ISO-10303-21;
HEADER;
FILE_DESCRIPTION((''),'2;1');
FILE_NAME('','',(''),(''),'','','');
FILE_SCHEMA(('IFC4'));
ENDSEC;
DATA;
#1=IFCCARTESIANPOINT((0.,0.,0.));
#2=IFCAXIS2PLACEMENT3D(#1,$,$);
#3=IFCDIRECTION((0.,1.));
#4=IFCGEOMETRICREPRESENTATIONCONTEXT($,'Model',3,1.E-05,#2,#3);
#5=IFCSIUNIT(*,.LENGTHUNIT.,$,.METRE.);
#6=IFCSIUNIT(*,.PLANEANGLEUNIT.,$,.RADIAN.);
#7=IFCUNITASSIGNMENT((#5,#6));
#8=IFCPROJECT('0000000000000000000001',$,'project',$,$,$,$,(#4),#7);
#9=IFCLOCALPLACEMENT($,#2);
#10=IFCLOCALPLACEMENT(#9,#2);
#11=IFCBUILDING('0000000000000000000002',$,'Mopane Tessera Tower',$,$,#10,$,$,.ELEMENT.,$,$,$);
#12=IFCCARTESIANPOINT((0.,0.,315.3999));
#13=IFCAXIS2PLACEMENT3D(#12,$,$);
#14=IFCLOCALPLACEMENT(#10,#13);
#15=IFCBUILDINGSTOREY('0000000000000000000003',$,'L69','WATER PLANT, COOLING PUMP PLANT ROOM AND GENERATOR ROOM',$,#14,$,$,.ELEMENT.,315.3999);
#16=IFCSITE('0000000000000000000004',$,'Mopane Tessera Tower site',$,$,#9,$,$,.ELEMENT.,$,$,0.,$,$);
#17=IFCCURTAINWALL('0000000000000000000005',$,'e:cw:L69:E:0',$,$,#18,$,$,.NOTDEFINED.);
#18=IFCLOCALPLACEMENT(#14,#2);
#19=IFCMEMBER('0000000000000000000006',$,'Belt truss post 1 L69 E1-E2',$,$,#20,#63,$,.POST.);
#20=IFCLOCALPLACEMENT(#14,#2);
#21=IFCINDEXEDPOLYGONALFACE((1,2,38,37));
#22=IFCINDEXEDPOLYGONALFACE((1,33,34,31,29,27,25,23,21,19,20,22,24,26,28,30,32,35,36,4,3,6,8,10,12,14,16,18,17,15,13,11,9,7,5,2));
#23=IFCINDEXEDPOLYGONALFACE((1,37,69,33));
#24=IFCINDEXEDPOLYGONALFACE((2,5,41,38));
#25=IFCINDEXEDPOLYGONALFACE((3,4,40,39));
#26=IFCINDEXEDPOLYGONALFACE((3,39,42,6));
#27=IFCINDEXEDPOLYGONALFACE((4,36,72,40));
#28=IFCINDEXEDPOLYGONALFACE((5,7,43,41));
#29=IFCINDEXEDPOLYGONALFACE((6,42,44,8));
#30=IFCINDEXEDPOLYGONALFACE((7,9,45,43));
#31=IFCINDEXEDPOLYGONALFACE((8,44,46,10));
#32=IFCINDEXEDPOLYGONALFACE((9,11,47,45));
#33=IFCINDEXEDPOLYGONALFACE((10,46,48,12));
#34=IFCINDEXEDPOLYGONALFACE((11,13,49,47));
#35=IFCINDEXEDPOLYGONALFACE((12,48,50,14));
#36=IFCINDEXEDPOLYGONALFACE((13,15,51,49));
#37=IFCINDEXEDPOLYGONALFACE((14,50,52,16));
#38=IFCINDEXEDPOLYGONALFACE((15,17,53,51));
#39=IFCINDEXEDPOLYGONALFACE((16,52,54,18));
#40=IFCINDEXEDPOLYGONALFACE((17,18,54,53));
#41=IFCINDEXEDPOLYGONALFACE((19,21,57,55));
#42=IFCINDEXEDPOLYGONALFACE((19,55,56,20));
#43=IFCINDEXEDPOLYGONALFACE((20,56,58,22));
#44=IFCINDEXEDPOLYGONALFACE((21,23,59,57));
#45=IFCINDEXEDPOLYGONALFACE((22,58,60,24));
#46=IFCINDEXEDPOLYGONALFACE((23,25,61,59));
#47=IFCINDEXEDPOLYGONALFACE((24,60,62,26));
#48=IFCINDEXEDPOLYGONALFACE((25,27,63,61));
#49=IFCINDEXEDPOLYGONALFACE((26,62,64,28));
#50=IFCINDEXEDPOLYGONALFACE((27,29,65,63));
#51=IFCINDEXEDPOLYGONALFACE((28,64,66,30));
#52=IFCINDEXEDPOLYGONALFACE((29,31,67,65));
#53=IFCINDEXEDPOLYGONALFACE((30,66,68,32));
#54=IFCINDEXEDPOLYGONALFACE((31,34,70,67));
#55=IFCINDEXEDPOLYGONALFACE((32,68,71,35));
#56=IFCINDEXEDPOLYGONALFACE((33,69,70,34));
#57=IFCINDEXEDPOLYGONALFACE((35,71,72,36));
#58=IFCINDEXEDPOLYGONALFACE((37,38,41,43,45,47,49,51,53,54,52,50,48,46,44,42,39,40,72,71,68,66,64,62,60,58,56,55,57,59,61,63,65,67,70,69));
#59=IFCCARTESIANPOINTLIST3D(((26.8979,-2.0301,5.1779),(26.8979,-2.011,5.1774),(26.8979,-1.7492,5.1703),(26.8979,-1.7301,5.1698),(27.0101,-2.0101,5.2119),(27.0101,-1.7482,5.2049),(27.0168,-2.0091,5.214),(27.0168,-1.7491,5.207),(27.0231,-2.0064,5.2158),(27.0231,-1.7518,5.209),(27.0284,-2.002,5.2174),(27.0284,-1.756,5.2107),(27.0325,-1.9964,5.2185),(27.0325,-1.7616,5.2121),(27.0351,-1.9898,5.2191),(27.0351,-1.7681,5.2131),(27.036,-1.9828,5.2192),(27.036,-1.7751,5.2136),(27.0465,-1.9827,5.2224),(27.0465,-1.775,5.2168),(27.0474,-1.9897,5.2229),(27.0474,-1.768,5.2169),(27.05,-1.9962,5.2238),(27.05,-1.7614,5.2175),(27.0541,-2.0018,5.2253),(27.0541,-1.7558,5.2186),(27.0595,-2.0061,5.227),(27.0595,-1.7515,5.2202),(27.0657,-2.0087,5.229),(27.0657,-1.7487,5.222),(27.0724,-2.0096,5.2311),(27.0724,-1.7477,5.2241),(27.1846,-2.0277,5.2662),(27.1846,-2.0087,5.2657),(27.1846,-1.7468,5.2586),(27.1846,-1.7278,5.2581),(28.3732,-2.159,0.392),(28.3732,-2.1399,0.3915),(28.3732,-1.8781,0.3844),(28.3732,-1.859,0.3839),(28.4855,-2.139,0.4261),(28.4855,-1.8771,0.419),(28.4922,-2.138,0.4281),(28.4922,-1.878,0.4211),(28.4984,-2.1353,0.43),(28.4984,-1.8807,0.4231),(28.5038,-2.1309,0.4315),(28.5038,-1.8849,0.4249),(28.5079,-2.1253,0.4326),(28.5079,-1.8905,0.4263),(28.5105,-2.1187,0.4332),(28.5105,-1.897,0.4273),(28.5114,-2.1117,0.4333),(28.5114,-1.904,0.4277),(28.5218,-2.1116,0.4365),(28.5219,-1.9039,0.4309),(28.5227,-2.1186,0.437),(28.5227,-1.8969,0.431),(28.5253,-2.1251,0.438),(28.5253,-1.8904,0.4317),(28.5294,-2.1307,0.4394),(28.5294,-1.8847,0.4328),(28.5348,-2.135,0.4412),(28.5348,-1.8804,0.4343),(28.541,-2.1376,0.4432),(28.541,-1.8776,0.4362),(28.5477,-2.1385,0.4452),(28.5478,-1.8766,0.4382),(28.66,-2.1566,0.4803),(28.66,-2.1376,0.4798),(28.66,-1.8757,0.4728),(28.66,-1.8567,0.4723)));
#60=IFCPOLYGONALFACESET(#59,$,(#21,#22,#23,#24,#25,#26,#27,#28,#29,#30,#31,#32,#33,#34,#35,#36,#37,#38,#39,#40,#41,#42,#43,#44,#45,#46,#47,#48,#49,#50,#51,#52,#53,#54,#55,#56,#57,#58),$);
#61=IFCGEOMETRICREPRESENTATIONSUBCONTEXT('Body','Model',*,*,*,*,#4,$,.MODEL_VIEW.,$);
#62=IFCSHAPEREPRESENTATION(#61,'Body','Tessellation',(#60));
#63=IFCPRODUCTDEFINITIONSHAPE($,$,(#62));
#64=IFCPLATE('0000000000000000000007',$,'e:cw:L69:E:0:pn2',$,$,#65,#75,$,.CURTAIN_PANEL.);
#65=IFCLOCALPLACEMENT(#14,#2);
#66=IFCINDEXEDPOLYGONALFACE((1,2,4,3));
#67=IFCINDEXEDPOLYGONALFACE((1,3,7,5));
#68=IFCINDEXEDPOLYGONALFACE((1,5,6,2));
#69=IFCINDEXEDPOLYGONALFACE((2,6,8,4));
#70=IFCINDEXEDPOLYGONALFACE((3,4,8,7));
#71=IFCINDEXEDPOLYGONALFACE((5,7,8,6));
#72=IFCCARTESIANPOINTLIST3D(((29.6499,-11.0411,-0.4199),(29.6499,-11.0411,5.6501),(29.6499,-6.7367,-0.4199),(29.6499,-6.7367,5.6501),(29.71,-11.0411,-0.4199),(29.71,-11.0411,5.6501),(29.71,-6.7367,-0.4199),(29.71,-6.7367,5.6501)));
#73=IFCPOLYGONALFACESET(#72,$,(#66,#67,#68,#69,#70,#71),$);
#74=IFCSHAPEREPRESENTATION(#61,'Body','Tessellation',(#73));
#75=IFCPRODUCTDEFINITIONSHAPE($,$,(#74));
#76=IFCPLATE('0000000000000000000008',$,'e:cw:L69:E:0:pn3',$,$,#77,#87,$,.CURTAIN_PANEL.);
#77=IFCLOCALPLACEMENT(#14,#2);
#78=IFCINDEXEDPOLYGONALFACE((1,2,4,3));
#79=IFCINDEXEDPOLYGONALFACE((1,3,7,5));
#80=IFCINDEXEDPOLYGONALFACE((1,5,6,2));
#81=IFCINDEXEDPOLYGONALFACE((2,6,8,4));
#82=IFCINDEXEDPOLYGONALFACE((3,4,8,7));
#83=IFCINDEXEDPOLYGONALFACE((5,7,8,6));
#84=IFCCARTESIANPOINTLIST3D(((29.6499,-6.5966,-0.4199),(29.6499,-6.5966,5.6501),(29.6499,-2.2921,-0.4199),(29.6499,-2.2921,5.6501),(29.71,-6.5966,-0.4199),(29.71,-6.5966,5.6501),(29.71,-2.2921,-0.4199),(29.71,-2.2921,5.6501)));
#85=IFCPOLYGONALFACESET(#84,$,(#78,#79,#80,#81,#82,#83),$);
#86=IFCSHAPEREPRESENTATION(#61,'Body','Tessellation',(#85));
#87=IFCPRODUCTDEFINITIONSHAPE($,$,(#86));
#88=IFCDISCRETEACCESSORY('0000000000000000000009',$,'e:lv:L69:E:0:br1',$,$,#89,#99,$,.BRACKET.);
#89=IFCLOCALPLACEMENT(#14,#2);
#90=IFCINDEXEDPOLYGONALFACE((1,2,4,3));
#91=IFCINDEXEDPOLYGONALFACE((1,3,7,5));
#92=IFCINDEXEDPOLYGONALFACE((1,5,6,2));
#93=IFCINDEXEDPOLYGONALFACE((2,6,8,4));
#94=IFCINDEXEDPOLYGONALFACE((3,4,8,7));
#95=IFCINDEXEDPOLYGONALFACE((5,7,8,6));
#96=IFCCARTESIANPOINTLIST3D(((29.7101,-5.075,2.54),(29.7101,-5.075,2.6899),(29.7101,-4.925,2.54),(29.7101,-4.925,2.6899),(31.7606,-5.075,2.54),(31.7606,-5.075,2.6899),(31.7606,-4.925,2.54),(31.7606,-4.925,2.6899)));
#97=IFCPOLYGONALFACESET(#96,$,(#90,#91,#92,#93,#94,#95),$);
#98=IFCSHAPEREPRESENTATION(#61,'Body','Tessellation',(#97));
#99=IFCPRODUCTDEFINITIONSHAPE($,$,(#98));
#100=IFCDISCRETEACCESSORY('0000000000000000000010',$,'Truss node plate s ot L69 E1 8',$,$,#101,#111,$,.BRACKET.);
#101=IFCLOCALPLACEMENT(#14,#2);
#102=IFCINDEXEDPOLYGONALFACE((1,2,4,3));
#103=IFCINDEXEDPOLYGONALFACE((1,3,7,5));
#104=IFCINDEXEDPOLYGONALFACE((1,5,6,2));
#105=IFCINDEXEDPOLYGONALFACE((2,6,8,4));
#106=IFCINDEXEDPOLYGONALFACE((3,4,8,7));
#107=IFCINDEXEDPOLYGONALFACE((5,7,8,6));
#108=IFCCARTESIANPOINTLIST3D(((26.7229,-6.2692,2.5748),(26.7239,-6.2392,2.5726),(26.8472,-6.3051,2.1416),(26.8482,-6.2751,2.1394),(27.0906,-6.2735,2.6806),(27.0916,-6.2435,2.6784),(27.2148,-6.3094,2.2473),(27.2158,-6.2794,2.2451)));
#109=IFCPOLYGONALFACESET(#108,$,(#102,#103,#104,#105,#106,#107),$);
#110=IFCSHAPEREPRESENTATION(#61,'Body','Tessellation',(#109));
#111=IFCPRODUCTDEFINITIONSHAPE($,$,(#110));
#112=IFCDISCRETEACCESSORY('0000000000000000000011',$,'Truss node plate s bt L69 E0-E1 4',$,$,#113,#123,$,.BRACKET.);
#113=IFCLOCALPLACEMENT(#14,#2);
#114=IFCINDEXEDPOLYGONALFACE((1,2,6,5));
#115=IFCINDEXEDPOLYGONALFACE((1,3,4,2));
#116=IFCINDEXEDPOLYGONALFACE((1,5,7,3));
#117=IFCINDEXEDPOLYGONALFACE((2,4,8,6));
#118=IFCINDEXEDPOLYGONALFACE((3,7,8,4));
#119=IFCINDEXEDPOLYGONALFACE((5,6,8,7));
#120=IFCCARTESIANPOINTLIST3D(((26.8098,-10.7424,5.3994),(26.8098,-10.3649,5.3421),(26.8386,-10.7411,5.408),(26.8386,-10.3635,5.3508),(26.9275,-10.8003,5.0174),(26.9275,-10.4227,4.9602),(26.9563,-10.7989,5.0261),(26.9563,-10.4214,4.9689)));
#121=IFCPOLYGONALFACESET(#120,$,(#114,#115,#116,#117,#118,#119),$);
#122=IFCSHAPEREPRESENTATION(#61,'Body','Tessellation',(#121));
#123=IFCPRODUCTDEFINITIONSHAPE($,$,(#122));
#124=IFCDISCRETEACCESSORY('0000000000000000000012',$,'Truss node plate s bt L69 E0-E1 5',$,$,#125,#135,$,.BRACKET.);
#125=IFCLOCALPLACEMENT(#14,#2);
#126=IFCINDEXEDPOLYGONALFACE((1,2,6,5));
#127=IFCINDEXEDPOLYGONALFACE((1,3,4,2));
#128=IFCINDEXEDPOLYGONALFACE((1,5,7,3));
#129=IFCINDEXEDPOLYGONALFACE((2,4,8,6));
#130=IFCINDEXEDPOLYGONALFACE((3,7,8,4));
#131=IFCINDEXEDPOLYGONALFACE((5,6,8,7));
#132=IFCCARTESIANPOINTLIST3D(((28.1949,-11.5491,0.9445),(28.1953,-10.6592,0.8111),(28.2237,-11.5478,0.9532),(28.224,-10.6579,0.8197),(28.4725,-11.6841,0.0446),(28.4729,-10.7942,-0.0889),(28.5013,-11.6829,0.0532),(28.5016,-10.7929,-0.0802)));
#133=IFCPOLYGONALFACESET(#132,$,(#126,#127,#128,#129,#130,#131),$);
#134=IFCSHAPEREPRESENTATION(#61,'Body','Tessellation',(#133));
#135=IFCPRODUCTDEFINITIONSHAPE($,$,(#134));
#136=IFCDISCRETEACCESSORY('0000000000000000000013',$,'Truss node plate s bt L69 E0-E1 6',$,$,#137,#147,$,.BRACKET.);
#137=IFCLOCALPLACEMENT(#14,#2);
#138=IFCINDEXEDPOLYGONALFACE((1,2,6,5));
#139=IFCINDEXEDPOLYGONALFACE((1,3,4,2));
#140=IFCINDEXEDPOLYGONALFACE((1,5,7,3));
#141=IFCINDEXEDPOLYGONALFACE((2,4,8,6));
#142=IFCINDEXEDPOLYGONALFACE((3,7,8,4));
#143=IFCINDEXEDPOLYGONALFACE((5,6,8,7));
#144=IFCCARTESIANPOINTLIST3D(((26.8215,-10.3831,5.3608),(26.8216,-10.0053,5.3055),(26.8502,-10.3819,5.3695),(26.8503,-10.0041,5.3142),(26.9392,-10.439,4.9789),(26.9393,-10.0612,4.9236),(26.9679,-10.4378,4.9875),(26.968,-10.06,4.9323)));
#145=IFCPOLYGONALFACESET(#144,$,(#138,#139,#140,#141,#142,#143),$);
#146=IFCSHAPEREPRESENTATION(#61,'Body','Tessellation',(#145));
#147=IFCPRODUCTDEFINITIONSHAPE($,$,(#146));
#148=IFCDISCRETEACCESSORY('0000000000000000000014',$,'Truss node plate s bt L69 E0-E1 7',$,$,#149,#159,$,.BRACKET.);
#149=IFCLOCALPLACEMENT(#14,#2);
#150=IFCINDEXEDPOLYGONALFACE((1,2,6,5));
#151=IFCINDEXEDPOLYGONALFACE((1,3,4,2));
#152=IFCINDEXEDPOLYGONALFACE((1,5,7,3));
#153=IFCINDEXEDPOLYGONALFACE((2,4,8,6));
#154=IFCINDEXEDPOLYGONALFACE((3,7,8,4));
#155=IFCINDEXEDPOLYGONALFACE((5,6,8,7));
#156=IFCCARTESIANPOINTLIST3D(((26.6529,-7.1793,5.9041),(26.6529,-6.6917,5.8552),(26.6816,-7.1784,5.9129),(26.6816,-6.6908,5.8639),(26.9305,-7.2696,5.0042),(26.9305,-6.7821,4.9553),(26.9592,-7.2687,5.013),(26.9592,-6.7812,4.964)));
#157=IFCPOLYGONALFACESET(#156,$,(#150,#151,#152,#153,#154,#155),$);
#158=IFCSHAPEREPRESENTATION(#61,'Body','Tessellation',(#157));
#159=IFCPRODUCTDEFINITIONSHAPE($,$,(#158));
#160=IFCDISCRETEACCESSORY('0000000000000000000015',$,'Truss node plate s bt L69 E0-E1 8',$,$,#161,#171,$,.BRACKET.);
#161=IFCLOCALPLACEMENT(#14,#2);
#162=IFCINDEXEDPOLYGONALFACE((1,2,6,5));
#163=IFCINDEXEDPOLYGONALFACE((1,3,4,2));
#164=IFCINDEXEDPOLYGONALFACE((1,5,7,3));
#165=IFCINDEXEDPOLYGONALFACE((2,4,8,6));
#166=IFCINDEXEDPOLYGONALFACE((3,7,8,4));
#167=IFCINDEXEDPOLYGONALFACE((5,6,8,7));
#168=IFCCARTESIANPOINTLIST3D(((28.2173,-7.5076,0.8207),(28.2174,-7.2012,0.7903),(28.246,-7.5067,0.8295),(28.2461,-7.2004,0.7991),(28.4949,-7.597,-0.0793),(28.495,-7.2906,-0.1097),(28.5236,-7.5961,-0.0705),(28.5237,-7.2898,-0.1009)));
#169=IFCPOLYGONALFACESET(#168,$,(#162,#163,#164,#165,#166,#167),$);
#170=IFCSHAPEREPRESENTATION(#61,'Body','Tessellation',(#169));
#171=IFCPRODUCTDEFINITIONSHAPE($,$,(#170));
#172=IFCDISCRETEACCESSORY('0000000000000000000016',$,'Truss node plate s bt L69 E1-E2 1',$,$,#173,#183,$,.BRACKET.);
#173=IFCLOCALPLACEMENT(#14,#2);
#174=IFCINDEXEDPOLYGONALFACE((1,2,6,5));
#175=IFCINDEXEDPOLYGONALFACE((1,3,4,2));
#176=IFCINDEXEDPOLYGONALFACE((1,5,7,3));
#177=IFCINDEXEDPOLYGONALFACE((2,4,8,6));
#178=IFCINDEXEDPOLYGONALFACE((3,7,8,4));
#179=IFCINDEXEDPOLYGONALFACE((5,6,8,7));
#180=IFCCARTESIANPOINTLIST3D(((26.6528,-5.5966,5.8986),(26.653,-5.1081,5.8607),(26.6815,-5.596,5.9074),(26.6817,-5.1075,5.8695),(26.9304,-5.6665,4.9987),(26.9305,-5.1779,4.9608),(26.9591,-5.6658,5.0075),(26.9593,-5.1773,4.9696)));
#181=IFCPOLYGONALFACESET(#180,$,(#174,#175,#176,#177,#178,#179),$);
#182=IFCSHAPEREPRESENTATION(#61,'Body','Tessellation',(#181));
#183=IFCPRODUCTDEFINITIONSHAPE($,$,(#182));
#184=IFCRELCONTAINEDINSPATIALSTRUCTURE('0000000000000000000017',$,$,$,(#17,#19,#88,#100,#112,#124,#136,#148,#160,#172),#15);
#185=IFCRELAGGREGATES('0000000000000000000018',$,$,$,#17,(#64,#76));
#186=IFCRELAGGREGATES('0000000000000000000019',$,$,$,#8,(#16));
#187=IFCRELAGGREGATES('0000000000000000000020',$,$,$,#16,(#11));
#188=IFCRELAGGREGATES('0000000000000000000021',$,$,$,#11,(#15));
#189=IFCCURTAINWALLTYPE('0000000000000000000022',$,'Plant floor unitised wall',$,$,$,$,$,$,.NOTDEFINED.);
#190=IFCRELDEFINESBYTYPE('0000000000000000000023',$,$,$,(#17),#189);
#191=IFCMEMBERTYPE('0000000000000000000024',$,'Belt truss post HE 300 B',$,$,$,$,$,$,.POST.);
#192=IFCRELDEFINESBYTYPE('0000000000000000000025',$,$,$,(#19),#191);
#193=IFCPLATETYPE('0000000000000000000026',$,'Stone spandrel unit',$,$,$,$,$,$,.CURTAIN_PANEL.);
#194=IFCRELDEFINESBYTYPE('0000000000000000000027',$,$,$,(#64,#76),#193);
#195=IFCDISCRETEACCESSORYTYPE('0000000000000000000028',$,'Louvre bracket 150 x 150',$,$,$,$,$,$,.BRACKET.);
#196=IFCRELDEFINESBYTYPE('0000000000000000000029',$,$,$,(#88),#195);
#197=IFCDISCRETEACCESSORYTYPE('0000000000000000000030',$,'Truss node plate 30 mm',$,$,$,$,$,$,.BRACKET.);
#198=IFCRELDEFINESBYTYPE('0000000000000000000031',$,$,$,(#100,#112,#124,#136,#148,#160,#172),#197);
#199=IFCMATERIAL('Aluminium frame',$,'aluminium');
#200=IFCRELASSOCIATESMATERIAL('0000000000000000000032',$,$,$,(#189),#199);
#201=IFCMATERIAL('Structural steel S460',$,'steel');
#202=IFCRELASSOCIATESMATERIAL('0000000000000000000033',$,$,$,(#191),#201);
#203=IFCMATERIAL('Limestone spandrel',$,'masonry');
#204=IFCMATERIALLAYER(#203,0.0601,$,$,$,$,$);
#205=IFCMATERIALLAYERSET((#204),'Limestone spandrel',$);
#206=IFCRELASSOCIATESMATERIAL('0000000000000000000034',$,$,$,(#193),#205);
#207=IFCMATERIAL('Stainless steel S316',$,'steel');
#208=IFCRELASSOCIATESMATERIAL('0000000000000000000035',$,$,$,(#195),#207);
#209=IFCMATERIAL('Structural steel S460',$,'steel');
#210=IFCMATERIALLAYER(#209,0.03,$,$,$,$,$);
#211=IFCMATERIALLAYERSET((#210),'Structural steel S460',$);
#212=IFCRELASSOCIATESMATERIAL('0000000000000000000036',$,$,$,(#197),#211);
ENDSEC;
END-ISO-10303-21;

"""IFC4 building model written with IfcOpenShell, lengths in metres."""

from ifc_helpers import new_model, si_unit, direction, frame, origin, origin_2d, place, context, subcontext, project, spatial, rectangle, i_section, extrude, material, layer, layer_set, material_profile, profile_set, type_object, element, aggregate, save


model = new_model("IFC4")

# Units and contexts
model_context = context("Model", 3, precision=1e-05, world=origin(), true_north=direction((0.0, 1.0)))
body_context = subcontext(model_context, "Body", "Model", "MODEL_VIEW")
ifc_project = project(units=[si_unit("LENGTHUNIT", "METRE"), si_unit("PLANEANGLEUNIT", "RADIAN")], contexts=[model_context])

# Site, building, storey
site_placement = place(None, origin())
site = spatial("IfcSite", under=ifc_project, at=site_placement, Name="Mopane Tessera Tower site", CompositionType="ELEMENT", RefElevation=0.0)
building_placement = place(site_placement, origin())
building = spatial("IfcBuilding", under=site, at=building_placement, Name="Mopane Tessera Tower", CompositionType="ELEMENT")
storey_placement = place(building_placement, frame((0.0, 0.0, 315.3999)))
storey = spatial("IfcBuildingStorey", under=building, at=storey_placement, Name="L69", Description="WATER PLANT, COOLING PUMP PLANT ROOM AND GENERATOR ROOM", CompositionType="ELEMENT", Elevation=315.3999)

# Curtain wall
ifc_material_1 = material(Name="Aluminium frame", Category="aluminium")
curtain_wall_type = type_object("IfcCurtainWallType", Name="Plant floor unitised wall", PredefinedType="NOTDEFINED", material=ifc_material_1)
curtain_wall_placement = place(storey_placement, origin())
curtain_wall = element("IfcCurtainWall", 1, at=curtain_wall_placement, inside=storey, type_object=curtain_wall_type, Name="e:cw:L69:E:0", PredefinedType="NOTDEFINED")

# Member
ifc_material_2 = material(Name="Structural steel S460", Category="steel")
ifc_material_profile_1 = material_profile(ifc_material_2, i_section(OverallWidth=0.3, OverallDepth=0.3, WebThickness=0.011, FlangeThickness=0.019, FilletRadius=0.0271, at=origin_2d()))
ifc_profile_set_1 = profile_set([ifc_material_profile_1], Name="Structural steel S460")
member_type_1 = type_object("IfcMemberType", Name="Belt truss post HE 300 B", PredefinedType="POST", material=ifc_profile_set_1)
member_1_placement = place(storey_placement, frame((28.5166, -2.0078, 0.4321), z_axis=(-0.294492, 0.025731, 0.955308), x_axis=(-0.955654, -0.007911, -0.294386)))
element("IfcMember", 2, at=member_1_placement, inside=storey, type_object=member_type_1, Name="Belt truss post 1 L69 E1-E2", PredefinedType="POST", context=body_context, shape_type="SweptSolid", body=[
    extrude(i_section(OverallWidth=0.3, OverallDepth=0.3, WebThickness=0.011, FlangeThickness=0.019, FilletRadius=0.0271, at=origin_2d()), origin(), (0.0, 0.0, 1.0), 5.0098),
])

# Plates
ifc_material_3 = material(Name="Limestone spandrel", Category="masonry")
ifc_layer_1 = layer(ifc_material_3, 0.0601)
ifc_layer_set_1 = layer_set([ifc_layer_1], Name="Limestone spandrel")
plate_type = type_object("IfcPlateType", Name="Stone spandrel unit", PredefinedType="CURTAIN_PANEL", material=ifc_layer_set_1)
plate_1_placement = place(storey_placement, frame((29.6799, -8.8889, -0.4199), z_axis=(0.0, 0.0, 1.0), x_axis=(0.0, 1.0, 0.0)))
plate_1 = element("IfcPlate", 3, at=plate_1_placement, type_object=plate_type, Name="e:cw:L69:E:0:pn2", PredefinedType="CURTAIN_PANEL", context=body_context, shape_type="SweptSolid", body=[
    extrude(rectangle(XDim=4.3044, YDim=0.0601, at=origin_2d()), origin(), (0.0, 0.0, 1.0), 6.0701),
])
plate_2_placement = place(storey_placement, frame((29.6799, -4.4443, -0.4199), z_axis=(0.0, 0.0, 1.0), x_axis=(0.0, 1.0, 0.0)))
plate_2 = element("IfcPlate", 4, at=plate_2_placement, type_object=plate_type, Name="e:cw:L69:E:0:pn3", PredefinedType="CURTAIN_PANEL", context=body_context, shape_type="SweptSolid", body=[
    extrude(rectangle(XDim=4.3044, YDim=0.0601, at=origin_2d()), origin(), (0.0, 0.0, 1.0), 6.0701),
])
aggregate(curtain_wall, [plate_1, plate_2])

# Discrete accessories
ifc_material_4 = material(Name="Stainless steel S316", Category="steel")
discrete_accessory_type_1 = type_object("IfcDiscreteAccessoryType", Name="Louvre bracket 150 x 150", PredefinedType="BRACKET", material=ifc_material_4)
discrete_accessory_1_placement = place(storey_placement, frame((30.7354, -5.0, 2.54), z_axis=(0.0, 0.0, 1.0), x_axis=(1.0, 0.0, 0.0)))
element("IfcDiscreteAccessory", 5, at=discrete_accessory_1_placement, inside=storey, type_object=discrete_accessory_type_1, Name="e:lv:L69:E:0:br1", PredefinedType="BRACKET", context=body_context, shape_type="SweptSolid", body=[
    extrude(rectangle(XDim=2.0505, YDim=0.1499, at=origin_2d()), origin(), (0.0, 0.0, 1.0), 0.1499),
])
ifc_material_5 = material(Name="Structural steel S460", Category="steel")
ifc_layer_2 = layer(ifc_material_5, 0.03)
ifc_layer_set_2 = layer_set([ifc_layer_2], Name="Structural steel S460")
discrete_accessory_type_2 = type_object("IfcDiscreteAccessoryType", Name="Truss node plate 30 mm", PredefinedType="BRACKET", material=ifc_layer_set_2)
discrete_accessory_2_placement = place(storey_placement, frame((27.0315, -6.2922, 2.1934), z_axis=(-0.274781, 0.079357, 0.958226), x_axis=(0.032706, 0.996783, -0.073172)))
element("IfcDiscreteAccessory", 6, at=discrete_accessory_2_placement, inside=storey, type_object=discrete_accessory_type_2, Name="Truss node plate s ot L69 E1 8", PredefinedType="BRACKET", context=body_context, shape_type="SweptSolid", body=[
    extrude(rectangle(XDim=0.03, YDim=0.3826, at=origin_2d()), origin(), (0.0, 0.0, 1.0), 0.4521),
])
discrete_accessory_3_placement = place(storey_placement, frame((26.9419, -10.6108, 4.9932), z_axis=(-0.291475, 0.143319, 0.945781), x_axis=(-0.956579, -0.043662, -0.288186)))
element("IfcDiscreteAccessory", 7, at=discrete_accessory_3_placement, inside=storey, type_object=discrete_accessory_type_2, Name="Truss node plate s bt L69 E0-E1 4", PredefinedType="BRACKET", context=body_context, shape_type="SweptSolid", body=[
    extrude(rectangle(XDim=0.03, YDim=0.3818, at=origin_2d()), origin(), (0.0, 0.0, 1.0), 0.4038),
])
discrete_accessory_4_placement = place(storey_placement, frame((28.4871, -11.2385, -0.0178), z_axis=(-0.291777, 0.141911, 0.9459), x_axis=(-0.956486, -0.042928, -0.288602)))
element("IfcDiscreteAccessory", 8, at=discrete_accessory_4_placement, inside=storey, type_object=discrete_accessory_type_2, Name="Truss node plate s bt L69 E0-E1 5", PredefinedType="BRACKET", context=body_context, shape_type="SweptSolid", body=[
    extrude(rectangle(XDim=0.03, YDim=0.8999, at=origin_2d()), origin(), (0.0, 0.0, 1.0), 0.9514),
])
discrete_accessory_5_placement = place(storey_placement, frame((26.9536, -10.2495, 4.9556), z_axis=(-0.291674, 0.138575, 0.946427), x_axis=(-0.956518, -0.041911, -0.288647)))
element("IfcDiscreteAccessory", 9, at=discrete_accessory_5_placement, inside=storey, type_object=discrete_accessory_type_2, Name="Truss node plate s bt L69 E0-E1 6", PredefinedType="BRACKET", context=body_context, shape_type="SweptSolid", body=[
    extrude(rectangle(XDim=0.03, YDim=0.3818, at=origin_2d()), origin(), (0.0, 0.0, 1.0), 0.4036),
])
discrete_accessory_6_placement = place(storey_placement, frame((26.9448, -7.0254, 4.9841), z_axis=(-0.293413, 0.095482, 0.951206), x_axis=(-0.955986, -0.029385, -0.291938)))
element("IfcDiscreteAccessory", 10, at=discrete_accessory_6_placement, inside=storey, type_object=discrete_accessory_type_2, Name="Truss node plate s bt L69 E0-E1 7", PredefinedType="BRACKET", context=body_context, shape_type="SweptSolid", body=[
    extrude(rectangle(XDim=0.03, YDim=0.49, at=origin_2d()), origin(), (0.0, 0.0, 1.0), 0.946),
])
discrete_accessory_7_placement = place(storey_placement, frame((28.5093, -7.4434, -0.0901), z_axis=(-0.293442, 0.094459, 0.951299), x_axis=(-0.955977, -0.028666, -0.292039)))
element("IfcDiscreteAccessory", 11, at=discrete_accessory_7_placement, inside=storey, type_object=discrete_accessory_type_2, Name="Truss node plate s bt L69 E0-E1 8", PredefinedType="BRACKET", context=body_context, shape_type="SweptSolid", body=[
    extrude(rectangle(XDim=0.03, YDim=0.3079, at=origin_2d()), origin(), (0.0, 0.0, 1.0), 0.946),
])
discrete_accessory_8_placement = place(storey_placement, frame((26.9448, -5.4219, 4.9841), z_axis=(-0.293953, 0.073941, 0.952956), x_axis=(-0.95582, -0.022414, -0.293097)))
element("IfcDiscreteAccessory", 12, at=discrete_accessory_8_placement, inside=storey, type_object=discrete_accessory_type_2, Name="Truss node plate s bt L69 E1-E2 1", PredefinedType="BRACKET", context=body_context, shape_type="SweptSolid", body=[
    extrude(rectangle(XDim=0.03, YDim=0.49, at=origin_2d()), origin(), (0.0, 0.0, 1.0), 0.9443),
])

save(model, "model.ifc")
